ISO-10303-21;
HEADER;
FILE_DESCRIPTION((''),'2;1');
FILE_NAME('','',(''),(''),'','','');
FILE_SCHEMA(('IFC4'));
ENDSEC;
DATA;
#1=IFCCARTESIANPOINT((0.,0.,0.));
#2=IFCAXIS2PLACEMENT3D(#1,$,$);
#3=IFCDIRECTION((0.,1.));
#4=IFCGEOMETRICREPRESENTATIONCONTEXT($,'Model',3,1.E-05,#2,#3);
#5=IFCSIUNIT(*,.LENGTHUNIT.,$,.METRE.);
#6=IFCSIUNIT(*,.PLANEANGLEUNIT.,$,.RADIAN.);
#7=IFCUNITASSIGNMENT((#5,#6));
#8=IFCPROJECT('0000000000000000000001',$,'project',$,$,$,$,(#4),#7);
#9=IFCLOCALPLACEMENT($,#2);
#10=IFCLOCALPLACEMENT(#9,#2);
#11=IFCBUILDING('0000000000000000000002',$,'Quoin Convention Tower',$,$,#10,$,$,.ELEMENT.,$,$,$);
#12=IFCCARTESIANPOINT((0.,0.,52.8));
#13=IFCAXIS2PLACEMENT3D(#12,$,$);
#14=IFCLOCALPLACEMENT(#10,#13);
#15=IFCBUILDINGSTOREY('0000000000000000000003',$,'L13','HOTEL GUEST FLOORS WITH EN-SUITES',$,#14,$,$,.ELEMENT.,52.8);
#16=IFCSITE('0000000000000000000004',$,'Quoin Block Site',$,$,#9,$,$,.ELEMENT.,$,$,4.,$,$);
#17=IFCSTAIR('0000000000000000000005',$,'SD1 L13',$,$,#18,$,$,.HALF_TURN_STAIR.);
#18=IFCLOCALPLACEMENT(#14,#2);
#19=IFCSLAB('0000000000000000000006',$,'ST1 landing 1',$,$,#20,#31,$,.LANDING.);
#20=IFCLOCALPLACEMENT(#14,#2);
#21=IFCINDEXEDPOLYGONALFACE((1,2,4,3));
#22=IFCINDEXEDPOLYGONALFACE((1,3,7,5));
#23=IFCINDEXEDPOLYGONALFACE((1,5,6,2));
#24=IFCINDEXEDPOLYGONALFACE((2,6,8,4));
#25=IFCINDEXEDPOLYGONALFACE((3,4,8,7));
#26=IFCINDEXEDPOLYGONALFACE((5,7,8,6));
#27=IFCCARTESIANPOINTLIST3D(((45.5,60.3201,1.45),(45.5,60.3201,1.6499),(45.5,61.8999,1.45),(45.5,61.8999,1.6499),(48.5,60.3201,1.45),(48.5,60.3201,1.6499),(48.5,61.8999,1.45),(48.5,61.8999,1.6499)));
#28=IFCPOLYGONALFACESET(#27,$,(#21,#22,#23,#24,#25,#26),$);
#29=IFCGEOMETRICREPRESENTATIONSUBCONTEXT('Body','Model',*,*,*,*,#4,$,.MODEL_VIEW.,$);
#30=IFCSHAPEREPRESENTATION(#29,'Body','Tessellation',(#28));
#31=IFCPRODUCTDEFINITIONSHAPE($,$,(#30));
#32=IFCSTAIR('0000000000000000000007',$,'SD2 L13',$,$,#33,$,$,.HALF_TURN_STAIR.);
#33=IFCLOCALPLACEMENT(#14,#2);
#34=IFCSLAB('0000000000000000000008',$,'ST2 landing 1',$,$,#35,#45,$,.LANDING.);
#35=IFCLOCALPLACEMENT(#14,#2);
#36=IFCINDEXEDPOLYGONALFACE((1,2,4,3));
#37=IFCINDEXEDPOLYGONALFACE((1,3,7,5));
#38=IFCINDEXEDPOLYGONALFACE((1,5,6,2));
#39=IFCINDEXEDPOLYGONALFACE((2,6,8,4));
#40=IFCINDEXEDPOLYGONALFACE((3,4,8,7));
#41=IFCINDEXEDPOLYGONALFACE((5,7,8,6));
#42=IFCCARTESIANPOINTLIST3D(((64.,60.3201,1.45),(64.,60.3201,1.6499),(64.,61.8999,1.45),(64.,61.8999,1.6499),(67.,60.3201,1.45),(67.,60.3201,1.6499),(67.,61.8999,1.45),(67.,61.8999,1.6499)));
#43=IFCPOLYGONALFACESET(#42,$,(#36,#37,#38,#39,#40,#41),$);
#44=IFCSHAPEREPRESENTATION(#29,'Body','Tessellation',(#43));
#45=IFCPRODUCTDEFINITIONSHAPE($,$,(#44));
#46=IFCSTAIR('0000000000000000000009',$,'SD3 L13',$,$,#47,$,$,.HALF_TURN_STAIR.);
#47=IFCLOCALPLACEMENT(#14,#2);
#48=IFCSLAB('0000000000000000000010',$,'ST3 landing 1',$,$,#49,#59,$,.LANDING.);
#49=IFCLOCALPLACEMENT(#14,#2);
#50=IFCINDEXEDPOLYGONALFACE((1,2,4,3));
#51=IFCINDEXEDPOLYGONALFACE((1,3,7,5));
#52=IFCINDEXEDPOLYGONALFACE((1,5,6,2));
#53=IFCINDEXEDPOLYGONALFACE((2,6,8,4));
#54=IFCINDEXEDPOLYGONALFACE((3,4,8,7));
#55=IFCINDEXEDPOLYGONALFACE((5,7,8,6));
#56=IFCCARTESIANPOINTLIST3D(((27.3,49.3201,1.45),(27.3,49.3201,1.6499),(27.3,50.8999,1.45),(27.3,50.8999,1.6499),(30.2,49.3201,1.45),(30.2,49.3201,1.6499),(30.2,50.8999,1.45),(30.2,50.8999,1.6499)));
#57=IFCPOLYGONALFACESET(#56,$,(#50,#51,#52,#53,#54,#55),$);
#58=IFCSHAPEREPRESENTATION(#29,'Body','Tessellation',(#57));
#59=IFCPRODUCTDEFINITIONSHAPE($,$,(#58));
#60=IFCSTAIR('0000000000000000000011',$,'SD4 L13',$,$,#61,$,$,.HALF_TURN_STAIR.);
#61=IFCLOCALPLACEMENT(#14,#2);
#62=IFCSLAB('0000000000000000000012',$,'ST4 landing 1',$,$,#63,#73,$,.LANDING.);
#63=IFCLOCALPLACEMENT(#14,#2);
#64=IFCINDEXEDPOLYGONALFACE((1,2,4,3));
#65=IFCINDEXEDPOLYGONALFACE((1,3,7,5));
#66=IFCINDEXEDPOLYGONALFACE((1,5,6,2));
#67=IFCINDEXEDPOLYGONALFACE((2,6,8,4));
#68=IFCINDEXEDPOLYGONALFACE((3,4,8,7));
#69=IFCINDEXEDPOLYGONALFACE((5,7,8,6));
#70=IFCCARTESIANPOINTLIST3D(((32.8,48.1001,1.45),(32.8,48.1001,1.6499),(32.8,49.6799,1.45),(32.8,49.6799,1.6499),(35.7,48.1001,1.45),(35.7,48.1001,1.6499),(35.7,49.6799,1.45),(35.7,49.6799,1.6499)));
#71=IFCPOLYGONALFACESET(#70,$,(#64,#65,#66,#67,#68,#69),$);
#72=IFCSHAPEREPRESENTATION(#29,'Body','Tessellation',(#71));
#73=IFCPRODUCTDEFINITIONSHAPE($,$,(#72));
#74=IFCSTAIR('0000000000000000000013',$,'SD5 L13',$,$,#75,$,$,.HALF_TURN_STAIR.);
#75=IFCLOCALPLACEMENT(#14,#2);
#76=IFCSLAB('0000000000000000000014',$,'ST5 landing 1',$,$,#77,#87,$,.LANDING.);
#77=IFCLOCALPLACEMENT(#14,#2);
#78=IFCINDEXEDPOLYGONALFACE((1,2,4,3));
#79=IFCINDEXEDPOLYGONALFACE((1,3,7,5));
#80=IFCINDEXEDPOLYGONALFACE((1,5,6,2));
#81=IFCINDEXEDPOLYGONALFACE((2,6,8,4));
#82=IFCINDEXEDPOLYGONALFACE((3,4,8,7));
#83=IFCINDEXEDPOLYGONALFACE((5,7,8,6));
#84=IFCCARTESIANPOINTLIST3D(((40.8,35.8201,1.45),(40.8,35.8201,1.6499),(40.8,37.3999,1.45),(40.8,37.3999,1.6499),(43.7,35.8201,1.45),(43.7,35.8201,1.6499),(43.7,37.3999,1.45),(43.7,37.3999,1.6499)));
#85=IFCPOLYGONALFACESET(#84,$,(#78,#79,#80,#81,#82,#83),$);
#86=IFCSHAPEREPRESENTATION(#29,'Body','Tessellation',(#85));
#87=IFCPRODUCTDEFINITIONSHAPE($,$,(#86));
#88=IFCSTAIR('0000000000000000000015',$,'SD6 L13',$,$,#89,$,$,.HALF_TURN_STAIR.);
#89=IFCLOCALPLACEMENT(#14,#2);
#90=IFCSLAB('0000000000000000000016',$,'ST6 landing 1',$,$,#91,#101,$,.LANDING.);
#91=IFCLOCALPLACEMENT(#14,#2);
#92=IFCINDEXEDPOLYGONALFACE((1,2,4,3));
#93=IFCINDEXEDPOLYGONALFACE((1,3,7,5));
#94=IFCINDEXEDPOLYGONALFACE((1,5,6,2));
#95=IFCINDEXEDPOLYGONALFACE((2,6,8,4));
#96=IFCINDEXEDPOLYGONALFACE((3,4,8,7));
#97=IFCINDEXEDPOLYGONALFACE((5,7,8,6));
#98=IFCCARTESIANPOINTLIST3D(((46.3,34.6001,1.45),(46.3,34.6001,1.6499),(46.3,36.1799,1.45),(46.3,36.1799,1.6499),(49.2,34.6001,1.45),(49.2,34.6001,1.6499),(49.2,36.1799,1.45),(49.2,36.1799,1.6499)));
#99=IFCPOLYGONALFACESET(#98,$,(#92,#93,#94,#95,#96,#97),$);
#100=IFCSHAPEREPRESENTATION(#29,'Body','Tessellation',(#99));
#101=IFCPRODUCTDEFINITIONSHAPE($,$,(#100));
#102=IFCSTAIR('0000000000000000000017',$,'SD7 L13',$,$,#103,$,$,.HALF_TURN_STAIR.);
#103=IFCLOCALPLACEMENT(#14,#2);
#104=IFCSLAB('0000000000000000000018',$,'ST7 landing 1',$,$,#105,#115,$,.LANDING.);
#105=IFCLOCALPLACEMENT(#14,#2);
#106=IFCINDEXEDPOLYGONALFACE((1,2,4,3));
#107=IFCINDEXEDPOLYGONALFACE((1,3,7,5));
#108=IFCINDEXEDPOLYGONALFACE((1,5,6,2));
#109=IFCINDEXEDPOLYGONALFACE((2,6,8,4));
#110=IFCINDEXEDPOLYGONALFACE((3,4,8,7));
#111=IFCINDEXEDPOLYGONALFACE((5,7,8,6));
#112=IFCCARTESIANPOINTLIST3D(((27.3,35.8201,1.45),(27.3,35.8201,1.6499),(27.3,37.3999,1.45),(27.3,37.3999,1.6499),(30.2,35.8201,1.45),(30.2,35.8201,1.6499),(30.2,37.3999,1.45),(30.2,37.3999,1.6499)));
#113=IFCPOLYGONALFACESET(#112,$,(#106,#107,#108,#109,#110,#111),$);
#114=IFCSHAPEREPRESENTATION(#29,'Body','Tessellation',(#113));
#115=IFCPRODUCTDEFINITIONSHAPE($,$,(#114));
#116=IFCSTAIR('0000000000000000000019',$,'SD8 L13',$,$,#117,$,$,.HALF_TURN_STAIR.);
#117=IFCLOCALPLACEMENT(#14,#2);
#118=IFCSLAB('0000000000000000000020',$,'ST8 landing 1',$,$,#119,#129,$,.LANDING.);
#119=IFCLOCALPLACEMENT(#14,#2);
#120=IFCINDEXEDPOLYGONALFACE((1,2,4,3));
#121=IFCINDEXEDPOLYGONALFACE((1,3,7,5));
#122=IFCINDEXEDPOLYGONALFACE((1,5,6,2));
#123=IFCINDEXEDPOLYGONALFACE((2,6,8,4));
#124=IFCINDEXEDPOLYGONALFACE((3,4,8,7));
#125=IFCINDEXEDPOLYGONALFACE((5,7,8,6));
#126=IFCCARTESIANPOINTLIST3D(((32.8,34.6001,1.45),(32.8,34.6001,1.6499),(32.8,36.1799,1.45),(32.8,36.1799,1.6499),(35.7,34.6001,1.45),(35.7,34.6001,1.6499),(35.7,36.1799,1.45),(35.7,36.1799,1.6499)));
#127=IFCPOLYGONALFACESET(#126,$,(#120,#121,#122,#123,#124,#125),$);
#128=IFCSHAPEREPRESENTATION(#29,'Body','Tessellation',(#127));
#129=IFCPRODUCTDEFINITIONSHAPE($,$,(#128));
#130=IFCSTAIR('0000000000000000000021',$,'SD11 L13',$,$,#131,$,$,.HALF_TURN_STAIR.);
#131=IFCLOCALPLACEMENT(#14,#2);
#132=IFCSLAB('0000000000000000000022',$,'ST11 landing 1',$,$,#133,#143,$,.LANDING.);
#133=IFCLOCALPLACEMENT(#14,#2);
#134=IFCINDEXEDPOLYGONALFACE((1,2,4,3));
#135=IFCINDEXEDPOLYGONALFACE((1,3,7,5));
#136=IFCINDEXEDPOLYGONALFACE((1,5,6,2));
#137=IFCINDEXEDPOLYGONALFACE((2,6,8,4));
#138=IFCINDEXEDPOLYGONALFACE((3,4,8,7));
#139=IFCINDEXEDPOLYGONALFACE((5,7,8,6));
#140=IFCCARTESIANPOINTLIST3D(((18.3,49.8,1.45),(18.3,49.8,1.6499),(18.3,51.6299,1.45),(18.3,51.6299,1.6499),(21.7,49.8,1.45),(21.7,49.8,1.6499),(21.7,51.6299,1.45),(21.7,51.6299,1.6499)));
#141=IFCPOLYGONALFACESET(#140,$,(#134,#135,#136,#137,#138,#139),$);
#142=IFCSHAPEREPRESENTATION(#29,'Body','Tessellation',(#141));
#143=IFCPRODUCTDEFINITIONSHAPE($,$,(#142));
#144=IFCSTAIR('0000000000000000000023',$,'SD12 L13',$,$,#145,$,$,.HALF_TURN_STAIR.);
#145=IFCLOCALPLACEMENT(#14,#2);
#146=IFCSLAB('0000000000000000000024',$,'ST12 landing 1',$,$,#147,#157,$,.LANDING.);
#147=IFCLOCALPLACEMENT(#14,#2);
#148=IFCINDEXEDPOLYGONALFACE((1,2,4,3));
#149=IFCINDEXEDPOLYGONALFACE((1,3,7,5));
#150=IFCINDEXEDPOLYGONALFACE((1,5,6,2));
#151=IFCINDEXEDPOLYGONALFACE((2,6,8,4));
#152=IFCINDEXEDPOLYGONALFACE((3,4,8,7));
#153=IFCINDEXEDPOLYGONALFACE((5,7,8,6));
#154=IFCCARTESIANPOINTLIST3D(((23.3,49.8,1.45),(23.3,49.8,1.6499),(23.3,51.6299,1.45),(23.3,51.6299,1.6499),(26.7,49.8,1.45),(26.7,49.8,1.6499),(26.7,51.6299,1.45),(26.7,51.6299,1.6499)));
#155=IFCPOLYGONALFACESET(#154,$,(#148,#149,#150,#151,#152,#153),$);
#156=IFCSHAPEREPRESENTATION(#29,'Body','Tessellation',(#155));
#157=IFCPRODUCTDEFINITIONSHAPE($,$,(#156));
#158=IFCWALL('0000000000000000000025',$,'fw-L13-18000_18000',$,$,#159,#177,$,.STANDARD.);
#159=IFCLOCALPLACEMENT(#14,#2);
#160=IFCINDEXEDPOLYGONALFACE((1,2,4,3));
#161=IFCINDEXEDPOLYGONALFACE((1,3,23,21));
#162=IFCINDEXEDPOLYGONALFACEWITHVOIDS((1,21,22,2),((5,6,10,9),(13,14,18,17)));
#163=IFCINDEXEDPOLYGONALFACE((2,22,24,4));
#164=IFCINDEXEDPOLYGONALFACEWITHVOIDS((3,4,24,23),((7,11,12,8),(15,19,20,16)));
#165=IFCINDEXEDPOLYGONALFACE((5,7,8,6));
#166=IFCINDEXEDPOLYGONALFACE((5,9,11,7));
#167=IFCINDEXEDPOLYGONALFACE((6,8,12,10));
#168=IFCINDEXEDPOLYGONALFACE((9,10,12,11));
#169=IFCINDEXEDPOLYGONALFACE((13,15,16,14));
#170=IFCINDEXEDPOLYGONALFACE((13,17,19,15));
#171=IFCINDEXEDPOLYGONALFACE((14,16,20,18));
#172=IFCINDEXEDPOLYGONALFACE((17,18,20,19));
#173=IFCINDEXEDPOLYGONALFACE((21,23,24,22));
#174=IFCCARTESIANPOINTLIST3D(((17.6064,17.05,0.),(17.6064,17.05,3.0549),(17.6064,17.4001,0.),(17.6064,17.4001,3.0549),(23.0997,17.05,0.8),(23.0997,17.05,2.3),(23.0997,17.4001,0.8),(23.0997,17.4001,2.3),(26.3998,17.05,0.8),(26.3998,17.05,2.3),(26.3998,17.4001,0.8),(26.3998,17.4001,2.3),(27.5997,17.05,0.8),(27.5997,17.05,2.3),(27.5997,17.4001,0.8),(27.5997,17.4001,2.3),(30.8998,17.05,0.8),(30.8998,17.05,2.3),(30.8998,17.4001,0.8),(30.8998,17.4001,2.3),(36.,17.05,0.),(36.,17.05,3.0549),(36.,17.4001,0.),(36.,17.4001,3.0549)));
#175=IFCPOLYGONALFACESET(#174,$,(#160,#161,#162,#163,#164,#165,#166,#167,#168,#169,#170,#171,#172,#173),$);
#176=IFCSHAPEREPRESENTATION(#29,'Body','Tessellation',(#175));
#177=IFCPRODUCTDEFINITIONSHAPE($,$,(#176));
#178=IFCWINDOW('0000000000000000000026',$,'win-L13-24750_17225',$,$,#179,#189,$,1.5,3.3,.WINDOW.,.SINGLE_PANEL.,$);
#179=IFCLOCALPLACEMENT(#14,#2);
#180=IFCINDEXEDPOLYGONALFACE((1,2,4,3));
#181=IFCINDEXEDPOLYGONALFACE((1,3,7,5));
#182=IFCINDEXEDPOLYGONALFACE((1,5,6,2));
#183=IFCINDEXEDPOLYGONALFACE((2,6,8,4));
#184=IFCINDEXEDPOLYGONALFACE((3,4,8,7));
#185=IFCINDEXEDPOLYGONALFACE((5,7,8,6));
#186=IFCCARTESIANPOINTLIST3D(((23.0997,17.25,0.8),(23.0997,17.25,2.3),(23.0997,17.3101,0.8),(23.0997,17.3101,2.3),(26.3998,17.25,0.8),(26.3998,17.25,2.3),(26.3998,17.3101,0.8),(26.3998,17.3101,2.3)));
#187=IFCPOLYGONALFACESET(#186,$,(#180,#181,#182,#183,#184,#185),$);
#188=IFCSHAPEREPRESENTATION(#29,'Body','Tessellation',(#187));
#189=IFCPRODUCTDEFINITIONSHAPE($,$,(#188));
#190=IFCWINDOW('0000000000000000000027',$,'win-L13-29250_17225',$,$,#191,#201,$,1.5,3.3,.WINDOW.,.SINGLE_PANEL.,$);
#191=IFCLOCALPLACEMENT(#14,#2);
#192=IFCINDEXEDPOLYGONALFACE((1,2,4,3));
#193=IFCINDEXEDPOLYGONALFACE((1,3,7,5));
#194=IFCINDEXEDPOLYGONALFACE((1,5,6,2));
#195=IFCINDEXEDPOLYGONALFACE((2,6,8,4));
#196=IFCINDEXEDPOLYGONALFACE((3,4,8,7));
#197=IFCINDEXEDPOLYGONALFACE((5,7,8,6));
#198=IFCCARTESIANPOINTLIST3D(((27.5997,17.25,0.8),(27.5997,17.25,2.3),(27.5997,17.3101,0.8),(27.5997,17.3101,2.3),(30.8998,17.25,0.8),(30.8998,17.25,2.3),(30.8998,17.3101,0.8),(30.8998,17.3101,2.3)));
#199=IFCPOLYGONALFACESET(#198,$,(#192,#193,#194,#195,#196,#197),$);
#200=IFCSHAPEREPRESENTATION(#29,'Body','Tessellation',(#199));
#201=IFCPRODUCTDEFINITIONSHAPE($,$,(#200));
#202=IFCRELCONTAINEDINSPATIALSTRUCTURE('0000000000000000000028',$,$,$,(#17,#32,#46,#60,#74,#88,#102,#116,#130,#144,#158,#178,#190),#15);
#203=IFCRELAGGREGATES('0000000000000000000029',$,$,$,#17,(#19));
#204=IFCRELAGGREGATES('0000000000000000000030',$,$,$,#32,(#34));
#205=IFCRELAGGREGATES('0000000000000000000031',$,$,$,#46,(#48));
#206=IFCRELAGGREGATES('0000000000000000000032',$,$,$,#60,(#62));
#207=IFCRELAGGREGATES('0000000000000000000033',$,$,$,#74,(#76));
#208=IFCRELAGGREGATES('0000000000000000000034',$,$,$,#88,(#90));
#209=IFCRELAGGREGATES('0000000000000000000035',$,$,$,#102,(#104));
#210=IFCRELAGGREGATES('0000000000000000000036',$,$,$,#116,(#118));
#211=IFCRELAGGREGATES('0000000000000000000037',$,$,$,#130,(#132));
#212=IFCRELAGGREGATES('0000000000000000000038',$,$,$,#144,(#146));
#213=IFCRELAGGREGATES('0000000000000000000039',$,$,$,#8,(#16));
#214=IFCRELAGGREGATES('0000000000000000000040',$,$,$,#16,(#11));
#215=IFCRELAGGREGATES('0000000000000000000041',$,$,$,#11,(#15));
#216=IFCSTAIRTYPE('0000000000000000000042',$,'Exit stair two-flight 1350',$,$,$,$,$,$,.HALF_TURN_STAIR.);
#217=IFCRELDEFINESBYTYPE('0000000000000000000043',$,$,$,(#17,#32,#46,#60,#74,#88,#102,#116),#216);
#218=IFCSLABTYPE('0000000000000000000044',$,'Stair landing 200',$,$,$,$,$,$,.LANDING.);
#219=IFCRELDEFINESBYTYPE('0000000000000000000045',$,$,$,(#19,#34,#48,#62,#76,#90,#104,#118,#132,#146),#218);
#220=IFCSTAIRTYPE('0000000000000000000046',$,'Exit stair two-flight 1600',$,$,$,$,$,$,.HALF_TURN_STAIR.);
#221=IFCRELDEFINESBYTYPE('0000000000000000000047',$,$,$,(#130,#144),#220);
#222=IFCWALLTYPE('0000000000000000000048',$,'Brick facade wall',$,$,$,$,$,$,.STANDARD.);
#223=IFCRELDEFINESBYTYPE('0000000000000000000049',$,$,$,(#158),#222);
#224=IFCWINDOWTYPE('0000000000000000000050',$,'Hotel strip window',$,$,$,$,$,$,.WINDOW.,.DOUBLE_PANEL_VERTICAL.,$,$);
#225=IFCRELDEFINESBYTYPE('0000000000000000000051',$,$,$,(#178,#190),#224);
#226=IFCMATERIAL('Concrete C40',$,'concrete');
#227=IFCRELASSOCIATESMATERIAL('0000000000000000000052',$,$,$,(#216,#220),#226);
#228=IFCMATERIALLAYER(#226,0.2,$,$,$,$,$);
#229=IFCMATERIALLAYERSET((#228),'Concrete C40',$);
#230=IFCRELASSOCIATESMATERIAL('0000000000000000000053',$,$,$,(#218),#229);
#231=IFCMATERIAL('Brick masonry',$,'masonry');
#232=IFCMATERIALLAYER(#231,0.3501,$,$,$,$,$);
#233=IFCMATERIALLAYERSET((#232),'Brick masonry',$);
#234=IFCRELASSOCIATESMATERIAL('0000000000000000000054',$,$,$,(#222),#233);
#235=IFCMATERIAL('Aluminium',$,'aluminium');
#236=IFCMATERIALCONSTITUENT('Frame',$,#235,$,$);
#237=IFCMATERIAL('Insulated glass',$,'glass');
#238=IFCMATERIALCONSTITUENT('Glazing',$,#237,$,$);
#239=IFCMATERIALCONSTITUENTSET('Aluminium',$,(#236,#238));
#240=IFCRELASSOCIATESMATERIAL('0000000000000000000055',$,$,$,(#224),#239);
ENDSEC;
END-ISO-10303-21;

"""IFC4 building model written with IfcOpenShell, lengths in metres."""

from ifc_helpers import new_model, si_unit, direction, frame, frame_2d, origin, place, context, subcontext, project, spatial, polyline, rectangle, outline, extrude, material, layer, layer_set, constituent, constituent_set, type_object, element, fill, aggregate, save


model = new_model("IFC4")

# Units and contexts
model_context = context("Model", 3, precision=1e-05, world=origin(), true_north=direction((0.0, 1.0)))
body_context = subcontext(model_context, "Body", "Model", "MODEL_VIEW")
ifc_project = project(units=[si_unit("LENGTHUNIT", "METRE"), si_unit("PLANEANGLEUNIT", "RADIAN")], contexts=[model_context])

# Site, building, storey
site_placement = place(None, origin())
site = spatial("IfcSite", under=ifc_project, at=site_placement, Name="Quoin Block Site", CompositionType="ELEMENT", RefElevation=4.0)
building_placement = place(site_placement, origin())
building = spatial("IfcBuilding", under=site, at=building_placement, Name="Quoin Convention Tower", CompositionType="ELEMENT")
storey_placement = place(building_placement, frame((0.0, 0.0, 52.8)))
storey = spatial("IfcBuildingStorey", under=building, at=storey_placement, Name="L13", Description="HOTEL GUEST FLOORS WITH EN-SUITES", CompositionType="ELEMENT", Elevation=52.8)

# Stairs, slabs
ifc_material_1 = material(Name="Concrete C40", Category="concrete")
stair_type_1 = type_object("IfcStairType", Name="Exit stair two-flight 1350", PredefinedType="HALF_TURN_STAIR", material=ifc_material_1)
stair_1_placement = place(storey_placement, origin())
stair_1 = element("IfcStair", 1, at=stair_1_placement, inside=storey, type_object=stair_type_1, Name="SD1 L13", PredefinedType="HALF_TURN_STAIR")
ifc_layer_1 = layer(ifc_material_1, 0.2)
ifc_layer_set_1 = layer_set([ifc_layer_1], Name="Concrete C40")
slab_type_1 = type_object("IfcSlabType", Name="Stair landing 200", PredefinedType="LANDING", material=ifc_layer_set_1)
slab_1_placement = place(storey_placement, frame((0.0, 0.0, 1.45)))
slab_1 = element("IfcSlab", 2, at=slab_1_placement, type_object=slab_type_1, Name="ST1 landing 1", PredefinedType="LANDING", context=body_context, shape_type="SweptSolid", body=[
    extrude(outline(polyline([(45.5, 60.3201), (48.5, 60.3201), (48.5, 61.8999), (45.5, 61.8999), (45.5, 60.3201)])), origin(), (0.0, 0.0, 1.0), 0.2),
])
aggregate(stair_1, [slab_1])
stair_2_placement = place(storey_placement, origin())
stair_2 = element("IfcStair", 3, at=stair_2_placement, inside=storey, type_object=stair_type_1, Name="SD2 L13", PredefinedType="HALF_TURN_STAIR")
slab_2_placement = place(storey_placement, frame((0.0, 0.0, 1.45)))
slab_2 = element("IfcSlab", 4, at=slab_2_placement, type_object=slab_type_1, Name="ST2 landing 1", PredefinedType="LANDING", context=body_context, shape_type="SweptSolid", body=[
    extrude(outline(polyline([(64.0, 60.3201), (67.0, 60.3201), (67.0, 61.8999), (64.0, 61.8999), (64.0, 60.3201)])), origin(), (0.0, 0.0, 1.0), 0.2),
])
aggregate(stair_2, [slab_2])
stair_3_placement = place(storey_placement, origin())
stair_3 = element("IfcStair", 5, at=stair_3_placement, inside=storey, type_object=stair_type_1, Name="SD3 L13", PredefinedType="HALF_TURN_STAIR")
slab_3_placement = place(storey_placement, frame((0.0, 0.0, 1.45)))
slab_3 = element("IfcSlab", 6, at=slab_3_placement, type_object=slab_type_1, Name="ST3 landing 1", PredefinedType="LANDING", context=body_context, shape_type="SweptSolid", body=[
    extrude(outline(polyline([(27.3, 49.3201), (30.2, 49.3201), (30.2, 50.8999), (27.3, 50.8999), (27.3, 49.3201)])), origin(), (0.0, 0.0, 1.0), 0.2),
])
aggregate(stair_3, [slab_3])
stair_4_placement = place(storey_placement, origin())
stair_4 = element("IfcStair", 7, at=stair_4_placement, inside=storey, type_object=stair_type_1, Name="SD4 L13", PredefinedType="HALF_TURN_STAIR")
slab_4_placement = place(storey_placement, frame((0.0, 0.0, 1.45)))
slab_4 = element("IfcSlab", 8, at=slab_4_placement, type_object=slab_type_1, Name="ST4 landing 1", PredefinedType="LANDING", context=body_context, shape_type="SweptSolid", body=[
    extrude(outline(polyline([(35.7, 49.6799), (32.8, 49.6799), (32.8, 48.1001), (35.7, 48.1001), (35.7, 49.6799)])), origin(), (0.0, 0.0, 1.0), 0.2),
])
aggregate(stair_4, [slab_4])
stair_5_placement = place(storey_placement, origin())
stair_5 = element("IfcStair", 9, at=stair_5_placement, inside=storey, type_object=stair_type_1, Name="SD5 L13", PredefinedType="HALF_TURN_STAIR")
slab_5_placement = place(storey_placement, frame((0.0, 0.0, 1.45)))
slab_5 = element("IfcSlab", 10, at=slab_5_placement, type_object=slab_type_1, Name="ST5 landing 1", PredefinedType="LANDING", context=body_context, shape_type="SweptSolid", body=[
    extrude(outline(polyline([(40.8, 35.8201), (43.7, 35.8201), (43.7, 37.3999), (40.8, 37.3999), (40.8, 35.8201)])), origin(), (0.0, 0.0, 1.0), 0.2),
])
aggregate(stair_5, [slab_5])
stair_6_placement = place(storey_placement, origin())
stair_6 = element("IfcStair", 11, at=stair_6_placement, inside=storey, type_object=stair_type_1, Name="SD6 L13", PredefinedType="HALF_TURN_STAIR")
slab_6_placement = place(storey_placement, frame((0.0, 0.0, 1.45)))
slab_6 = element("IfcSlab", 12, at=slab_6_placement, type_object=slab_type_1, Name="ST6 landing 1", PredefinedType="LANDING", context=body_context, shape_type="SweptSolid", body=[
    extrude(outline(polyline([(49.2, 36.1799), (46.3, 36.1799), (46.3, 34.6001), (49.2, 34.6001), (49.2, 36.1799)])), origin(), (0.0, 0.0, 1.0), 0.2),
])
aggregate(stair_6, [slab_6])
stair_7_placement = place(storey_placement, origin())
stair_7 = element("IfcStair", 13, at=stair_7_placement, inside=storey, type_object=stair_type_1, Name="SD7 L13", PredefinedType="HALF_TURN_STAIR")
slab_7_placement = place(storey_placement, frame((0.0, 0.0, 1.45)))
slab_7 = element("IfcSlab", 14, at=slab_7_placement, type_object=slab_type_1, Name="ST7 landing 1", PredefinedType="LANDING", context=body_context, shape_type="SweptSolid", body=[
    extrude(outline(polyline([(27.3, 35.8201), (30.2, 35.8201), (30.2, 37.3999), (27.3, 37.3999), (27.3, 35.8201)])), origin(), (0.0, 0.0, 1.0), 0.2),
])
aggregate(stair_7, [slab_7])
stair_8_placement = place(storey_placement, origin())
stair_8 = element("IfcStair", 15, at=stair_8_placement, inside=storey, type_object=stair_type_1, Name="SD8 L13", PredefinedType="HALF_TURN_STAIR")
slab_8_placement = place(storey_placement, frame((0.0, 0.0, 1.45)))
slab_8 = element("IfcSlab", 16, at=slab_8_placement, type_object=slab_type_1, Name="ST8 landing 1", PredefinedType="LANDING", context=body_context, shape_type="SweptSolid", body=[
    extrude(outline(polyline([(35.7, 36.1799), (32.8, 36.1799), (32.8, 34.6001), (35.7, 34.6001), (35.7, 36.1799)])), origin(), (0.0, 0.0, 1.0), 0.2),
])
aggregate(stair_8, [slab_8])
stair_type_2 = type_object("IfcStairType", Name="Exit stair two-flight 1600", PredefinedType="HALF_TURN_STAIR", material=ifc_material_1)
stair_9_placement = place(storey_placement, origin())
stair_9 = element("IfcStair", 17, at=stair_9_placement, inside=storey, type_object=stair_type_2, Name="SD11 L13", PredefinedType="HALF_TURN_STAIR")
slab_9_placement = place(storey_placement, frame((0.0, 0.0, 1.45)))
slab_9 = element("IfcSlab", 18, at=slab_9_placement, type_object=slab_type_1, Name="ST11 landing 1", PredefinedType="LANDING", context=body_context, shape_type="SweptSolid", body=[
    extrude(outline(polyline([(21.7, 51.6299), (18.3, 51.6299), (18.3, 49.8), (21.7, 49.8), (21.7, 51.6299)])), origin(), (0.0, 0.0, 1.0), 0.2),
])
aggregate(stair_9, [slab_9])
stair_10_placement = place(storey_placement, origin())
stair_10 = element("IfcStair", 19, at=stair_10_placement, inside=storey, type_object=stair_type_2, Name="SD12 L13", PredefinedType="HALF_TURN_STAIR")
slab_10_placement = place(storey_placement, frame((0.0, 0.0, 1.45)))
slab_10 = element("IfcSlab", 20, at=slab_10_placement, type_object=slab_type_1, Name="ST12 landing 1", PredefinedType="LANDING", context=body_context, shape_type="SweptSolid", body=[
    extrude(outline(polyline([(26.7, 51.6299), (23.3, 51.6299), (23.3, 49.8), (26.7, 49.8), (26.7, 51.6299)])), origin(), (0.0, 0.0, 1.0), 0.2),
])
aggregate(stair_10, [slab_10])

# Wall, openings, windows
ifc_material_2 = material(Name="Brick masonry", Category="masonry")
ifc_layer_2 = layer(ifc_material_2, 0.3501)
ifc_layer_set_2 = layer_set([ifc_layer_2], Name="Brick masonry")
wall_type = type_object("IfcWallType", Name="Brick facade wall", PredefinedType="STANDARD", material=ifc_layer_set_2)
wall_placement = place(storey_placement, frame((17.6064, 17.2251, 0.0), z_axis=(0.0, 0.0, 1.0), x_axis=(1.0, 0.0, 0.0)))
wall = element("IfcWall", 21, at=wall_placement, inside=storey, type_object=wall_type, Name="fw-L13-18000_18000", PredefinedType="STANDARD", context=body_context, shape_type="SweptSolid", body=[
    extrude(rectangle(XDim=18.3936, YDim=0.3501, at=frame_2d((9.1968, 0.0))), origin(), (0.0, 0.0, 1.0), 3.0549),
])
opening_1_placement = place(wall_placement, frame((5.4934, 0.0, 0.8)))
opening_1 = element("IfcOpeningElement", 22, at=opening_1_placement, cuts=wall, PredefinedType="OPENING", context=body_context, shape_type="SweptSolid", body=[
    extrude(rectangle(XDim=3.3, YDim=1.5, at=frame_2d((1.6499, 0.75))), frame((0.0, 0.1851, 0.0), z_axis=(0.0, -1.0, 0.0), x_axis=(1.0, 0.0, 0.0)), (0.0, 0.0, 1.0), 0.3701),
])
opening_2_placement = place(wall_placement, frame((9.9934, 0.0, 0.8)))
opening_2 = element("IfcOpeningElement", 23, at=opening_2_placement, cuts=wall, PredefinedType="OPENING", context=body_context, shape_type="SweptSolid", body=[
    extrude(rectangle(XDim=3.3, YDim=1.5, at=frame_2d((1.6499, 0.75))), frame((0.0, 0.1851, 0.0), z_axis=(0.0, -1.0, 0.0), x_axis=(1.0, 0.0, 0.0)), (0.0, 0.0, 1.0), 0.3701),
])
ifc_material_3 = material(Name="Aluminium", Category="aluminium")
ifc_constituent_1 = constituent(ifc_material_3, Name="Frame")
ifc_material_4 = material(Name="Insulated glass", Category="glass")
ifc_constituent_2 = constituent(ifc_material_4, Name="Glazing")
ifc_constituent_set = constituent_set(constituents=[ifc_constituent_1, ifc_constituent_2], Name="Aluminium")
window_type = type_object("IfcWindowType", Name="Hotel strip window", PartitioningType="DOUBLE_PANEL_VERTICAL", PredefinedType="WINDOW", material=ifc_constituent_set)
window_1_placement = place(opening_1_placement, origin())
window_1 = element("IfcWindow", 24, at=window_1_placement, inside=storey, type_object=window_type, Name="win-L13-24750_17225", OverallHeight=1.5, OverallWidth=3.3, PartitioningType="SINGLE_PANEL", PredefinedType="WINDOW", context=body_context, shape_type="SweptSolid", body=[
    extrude(rectangle(XDim=3.3, YDim=1.5, at=frame_2d((1.6499, 0.75))), frame((0.0, 0.085, 0.0), z_axis=(0.0, -1.0, 0.0), x_axis=(1.0, 0.0, 0.0)), (0.0, 0.0, 1.0), 0.0601),
])
fill(opening_1, window_1)
window_2_placement = place(opening_2_placement, origin())
window_2 = element("IfcWindow", 25, at=window_2_placement, inside=storey, type_object=window_type, Name="win-L13-29250_17225", OverallHeight=1.5, OverallWidth=3.3, PartitioningType="SINGLE_PANEL", PredefinedType="WINDOW", context=body_context, shape_type="SweptSolid", body=[
    extrude(rectangle(XDim=3.3, YDim=1.5, at=frame_2d((1.6499, 0.75))), frame((0.0, 0.085, 0.0), z_axis=(0.0, -1.0, 0.0), x_axis=(1.0, 0.0, 0.0)), (0.0, 0.0, 1.0), 0.0601),
])
fill(opening_2, window_2)

save(model, "model.ifc")
